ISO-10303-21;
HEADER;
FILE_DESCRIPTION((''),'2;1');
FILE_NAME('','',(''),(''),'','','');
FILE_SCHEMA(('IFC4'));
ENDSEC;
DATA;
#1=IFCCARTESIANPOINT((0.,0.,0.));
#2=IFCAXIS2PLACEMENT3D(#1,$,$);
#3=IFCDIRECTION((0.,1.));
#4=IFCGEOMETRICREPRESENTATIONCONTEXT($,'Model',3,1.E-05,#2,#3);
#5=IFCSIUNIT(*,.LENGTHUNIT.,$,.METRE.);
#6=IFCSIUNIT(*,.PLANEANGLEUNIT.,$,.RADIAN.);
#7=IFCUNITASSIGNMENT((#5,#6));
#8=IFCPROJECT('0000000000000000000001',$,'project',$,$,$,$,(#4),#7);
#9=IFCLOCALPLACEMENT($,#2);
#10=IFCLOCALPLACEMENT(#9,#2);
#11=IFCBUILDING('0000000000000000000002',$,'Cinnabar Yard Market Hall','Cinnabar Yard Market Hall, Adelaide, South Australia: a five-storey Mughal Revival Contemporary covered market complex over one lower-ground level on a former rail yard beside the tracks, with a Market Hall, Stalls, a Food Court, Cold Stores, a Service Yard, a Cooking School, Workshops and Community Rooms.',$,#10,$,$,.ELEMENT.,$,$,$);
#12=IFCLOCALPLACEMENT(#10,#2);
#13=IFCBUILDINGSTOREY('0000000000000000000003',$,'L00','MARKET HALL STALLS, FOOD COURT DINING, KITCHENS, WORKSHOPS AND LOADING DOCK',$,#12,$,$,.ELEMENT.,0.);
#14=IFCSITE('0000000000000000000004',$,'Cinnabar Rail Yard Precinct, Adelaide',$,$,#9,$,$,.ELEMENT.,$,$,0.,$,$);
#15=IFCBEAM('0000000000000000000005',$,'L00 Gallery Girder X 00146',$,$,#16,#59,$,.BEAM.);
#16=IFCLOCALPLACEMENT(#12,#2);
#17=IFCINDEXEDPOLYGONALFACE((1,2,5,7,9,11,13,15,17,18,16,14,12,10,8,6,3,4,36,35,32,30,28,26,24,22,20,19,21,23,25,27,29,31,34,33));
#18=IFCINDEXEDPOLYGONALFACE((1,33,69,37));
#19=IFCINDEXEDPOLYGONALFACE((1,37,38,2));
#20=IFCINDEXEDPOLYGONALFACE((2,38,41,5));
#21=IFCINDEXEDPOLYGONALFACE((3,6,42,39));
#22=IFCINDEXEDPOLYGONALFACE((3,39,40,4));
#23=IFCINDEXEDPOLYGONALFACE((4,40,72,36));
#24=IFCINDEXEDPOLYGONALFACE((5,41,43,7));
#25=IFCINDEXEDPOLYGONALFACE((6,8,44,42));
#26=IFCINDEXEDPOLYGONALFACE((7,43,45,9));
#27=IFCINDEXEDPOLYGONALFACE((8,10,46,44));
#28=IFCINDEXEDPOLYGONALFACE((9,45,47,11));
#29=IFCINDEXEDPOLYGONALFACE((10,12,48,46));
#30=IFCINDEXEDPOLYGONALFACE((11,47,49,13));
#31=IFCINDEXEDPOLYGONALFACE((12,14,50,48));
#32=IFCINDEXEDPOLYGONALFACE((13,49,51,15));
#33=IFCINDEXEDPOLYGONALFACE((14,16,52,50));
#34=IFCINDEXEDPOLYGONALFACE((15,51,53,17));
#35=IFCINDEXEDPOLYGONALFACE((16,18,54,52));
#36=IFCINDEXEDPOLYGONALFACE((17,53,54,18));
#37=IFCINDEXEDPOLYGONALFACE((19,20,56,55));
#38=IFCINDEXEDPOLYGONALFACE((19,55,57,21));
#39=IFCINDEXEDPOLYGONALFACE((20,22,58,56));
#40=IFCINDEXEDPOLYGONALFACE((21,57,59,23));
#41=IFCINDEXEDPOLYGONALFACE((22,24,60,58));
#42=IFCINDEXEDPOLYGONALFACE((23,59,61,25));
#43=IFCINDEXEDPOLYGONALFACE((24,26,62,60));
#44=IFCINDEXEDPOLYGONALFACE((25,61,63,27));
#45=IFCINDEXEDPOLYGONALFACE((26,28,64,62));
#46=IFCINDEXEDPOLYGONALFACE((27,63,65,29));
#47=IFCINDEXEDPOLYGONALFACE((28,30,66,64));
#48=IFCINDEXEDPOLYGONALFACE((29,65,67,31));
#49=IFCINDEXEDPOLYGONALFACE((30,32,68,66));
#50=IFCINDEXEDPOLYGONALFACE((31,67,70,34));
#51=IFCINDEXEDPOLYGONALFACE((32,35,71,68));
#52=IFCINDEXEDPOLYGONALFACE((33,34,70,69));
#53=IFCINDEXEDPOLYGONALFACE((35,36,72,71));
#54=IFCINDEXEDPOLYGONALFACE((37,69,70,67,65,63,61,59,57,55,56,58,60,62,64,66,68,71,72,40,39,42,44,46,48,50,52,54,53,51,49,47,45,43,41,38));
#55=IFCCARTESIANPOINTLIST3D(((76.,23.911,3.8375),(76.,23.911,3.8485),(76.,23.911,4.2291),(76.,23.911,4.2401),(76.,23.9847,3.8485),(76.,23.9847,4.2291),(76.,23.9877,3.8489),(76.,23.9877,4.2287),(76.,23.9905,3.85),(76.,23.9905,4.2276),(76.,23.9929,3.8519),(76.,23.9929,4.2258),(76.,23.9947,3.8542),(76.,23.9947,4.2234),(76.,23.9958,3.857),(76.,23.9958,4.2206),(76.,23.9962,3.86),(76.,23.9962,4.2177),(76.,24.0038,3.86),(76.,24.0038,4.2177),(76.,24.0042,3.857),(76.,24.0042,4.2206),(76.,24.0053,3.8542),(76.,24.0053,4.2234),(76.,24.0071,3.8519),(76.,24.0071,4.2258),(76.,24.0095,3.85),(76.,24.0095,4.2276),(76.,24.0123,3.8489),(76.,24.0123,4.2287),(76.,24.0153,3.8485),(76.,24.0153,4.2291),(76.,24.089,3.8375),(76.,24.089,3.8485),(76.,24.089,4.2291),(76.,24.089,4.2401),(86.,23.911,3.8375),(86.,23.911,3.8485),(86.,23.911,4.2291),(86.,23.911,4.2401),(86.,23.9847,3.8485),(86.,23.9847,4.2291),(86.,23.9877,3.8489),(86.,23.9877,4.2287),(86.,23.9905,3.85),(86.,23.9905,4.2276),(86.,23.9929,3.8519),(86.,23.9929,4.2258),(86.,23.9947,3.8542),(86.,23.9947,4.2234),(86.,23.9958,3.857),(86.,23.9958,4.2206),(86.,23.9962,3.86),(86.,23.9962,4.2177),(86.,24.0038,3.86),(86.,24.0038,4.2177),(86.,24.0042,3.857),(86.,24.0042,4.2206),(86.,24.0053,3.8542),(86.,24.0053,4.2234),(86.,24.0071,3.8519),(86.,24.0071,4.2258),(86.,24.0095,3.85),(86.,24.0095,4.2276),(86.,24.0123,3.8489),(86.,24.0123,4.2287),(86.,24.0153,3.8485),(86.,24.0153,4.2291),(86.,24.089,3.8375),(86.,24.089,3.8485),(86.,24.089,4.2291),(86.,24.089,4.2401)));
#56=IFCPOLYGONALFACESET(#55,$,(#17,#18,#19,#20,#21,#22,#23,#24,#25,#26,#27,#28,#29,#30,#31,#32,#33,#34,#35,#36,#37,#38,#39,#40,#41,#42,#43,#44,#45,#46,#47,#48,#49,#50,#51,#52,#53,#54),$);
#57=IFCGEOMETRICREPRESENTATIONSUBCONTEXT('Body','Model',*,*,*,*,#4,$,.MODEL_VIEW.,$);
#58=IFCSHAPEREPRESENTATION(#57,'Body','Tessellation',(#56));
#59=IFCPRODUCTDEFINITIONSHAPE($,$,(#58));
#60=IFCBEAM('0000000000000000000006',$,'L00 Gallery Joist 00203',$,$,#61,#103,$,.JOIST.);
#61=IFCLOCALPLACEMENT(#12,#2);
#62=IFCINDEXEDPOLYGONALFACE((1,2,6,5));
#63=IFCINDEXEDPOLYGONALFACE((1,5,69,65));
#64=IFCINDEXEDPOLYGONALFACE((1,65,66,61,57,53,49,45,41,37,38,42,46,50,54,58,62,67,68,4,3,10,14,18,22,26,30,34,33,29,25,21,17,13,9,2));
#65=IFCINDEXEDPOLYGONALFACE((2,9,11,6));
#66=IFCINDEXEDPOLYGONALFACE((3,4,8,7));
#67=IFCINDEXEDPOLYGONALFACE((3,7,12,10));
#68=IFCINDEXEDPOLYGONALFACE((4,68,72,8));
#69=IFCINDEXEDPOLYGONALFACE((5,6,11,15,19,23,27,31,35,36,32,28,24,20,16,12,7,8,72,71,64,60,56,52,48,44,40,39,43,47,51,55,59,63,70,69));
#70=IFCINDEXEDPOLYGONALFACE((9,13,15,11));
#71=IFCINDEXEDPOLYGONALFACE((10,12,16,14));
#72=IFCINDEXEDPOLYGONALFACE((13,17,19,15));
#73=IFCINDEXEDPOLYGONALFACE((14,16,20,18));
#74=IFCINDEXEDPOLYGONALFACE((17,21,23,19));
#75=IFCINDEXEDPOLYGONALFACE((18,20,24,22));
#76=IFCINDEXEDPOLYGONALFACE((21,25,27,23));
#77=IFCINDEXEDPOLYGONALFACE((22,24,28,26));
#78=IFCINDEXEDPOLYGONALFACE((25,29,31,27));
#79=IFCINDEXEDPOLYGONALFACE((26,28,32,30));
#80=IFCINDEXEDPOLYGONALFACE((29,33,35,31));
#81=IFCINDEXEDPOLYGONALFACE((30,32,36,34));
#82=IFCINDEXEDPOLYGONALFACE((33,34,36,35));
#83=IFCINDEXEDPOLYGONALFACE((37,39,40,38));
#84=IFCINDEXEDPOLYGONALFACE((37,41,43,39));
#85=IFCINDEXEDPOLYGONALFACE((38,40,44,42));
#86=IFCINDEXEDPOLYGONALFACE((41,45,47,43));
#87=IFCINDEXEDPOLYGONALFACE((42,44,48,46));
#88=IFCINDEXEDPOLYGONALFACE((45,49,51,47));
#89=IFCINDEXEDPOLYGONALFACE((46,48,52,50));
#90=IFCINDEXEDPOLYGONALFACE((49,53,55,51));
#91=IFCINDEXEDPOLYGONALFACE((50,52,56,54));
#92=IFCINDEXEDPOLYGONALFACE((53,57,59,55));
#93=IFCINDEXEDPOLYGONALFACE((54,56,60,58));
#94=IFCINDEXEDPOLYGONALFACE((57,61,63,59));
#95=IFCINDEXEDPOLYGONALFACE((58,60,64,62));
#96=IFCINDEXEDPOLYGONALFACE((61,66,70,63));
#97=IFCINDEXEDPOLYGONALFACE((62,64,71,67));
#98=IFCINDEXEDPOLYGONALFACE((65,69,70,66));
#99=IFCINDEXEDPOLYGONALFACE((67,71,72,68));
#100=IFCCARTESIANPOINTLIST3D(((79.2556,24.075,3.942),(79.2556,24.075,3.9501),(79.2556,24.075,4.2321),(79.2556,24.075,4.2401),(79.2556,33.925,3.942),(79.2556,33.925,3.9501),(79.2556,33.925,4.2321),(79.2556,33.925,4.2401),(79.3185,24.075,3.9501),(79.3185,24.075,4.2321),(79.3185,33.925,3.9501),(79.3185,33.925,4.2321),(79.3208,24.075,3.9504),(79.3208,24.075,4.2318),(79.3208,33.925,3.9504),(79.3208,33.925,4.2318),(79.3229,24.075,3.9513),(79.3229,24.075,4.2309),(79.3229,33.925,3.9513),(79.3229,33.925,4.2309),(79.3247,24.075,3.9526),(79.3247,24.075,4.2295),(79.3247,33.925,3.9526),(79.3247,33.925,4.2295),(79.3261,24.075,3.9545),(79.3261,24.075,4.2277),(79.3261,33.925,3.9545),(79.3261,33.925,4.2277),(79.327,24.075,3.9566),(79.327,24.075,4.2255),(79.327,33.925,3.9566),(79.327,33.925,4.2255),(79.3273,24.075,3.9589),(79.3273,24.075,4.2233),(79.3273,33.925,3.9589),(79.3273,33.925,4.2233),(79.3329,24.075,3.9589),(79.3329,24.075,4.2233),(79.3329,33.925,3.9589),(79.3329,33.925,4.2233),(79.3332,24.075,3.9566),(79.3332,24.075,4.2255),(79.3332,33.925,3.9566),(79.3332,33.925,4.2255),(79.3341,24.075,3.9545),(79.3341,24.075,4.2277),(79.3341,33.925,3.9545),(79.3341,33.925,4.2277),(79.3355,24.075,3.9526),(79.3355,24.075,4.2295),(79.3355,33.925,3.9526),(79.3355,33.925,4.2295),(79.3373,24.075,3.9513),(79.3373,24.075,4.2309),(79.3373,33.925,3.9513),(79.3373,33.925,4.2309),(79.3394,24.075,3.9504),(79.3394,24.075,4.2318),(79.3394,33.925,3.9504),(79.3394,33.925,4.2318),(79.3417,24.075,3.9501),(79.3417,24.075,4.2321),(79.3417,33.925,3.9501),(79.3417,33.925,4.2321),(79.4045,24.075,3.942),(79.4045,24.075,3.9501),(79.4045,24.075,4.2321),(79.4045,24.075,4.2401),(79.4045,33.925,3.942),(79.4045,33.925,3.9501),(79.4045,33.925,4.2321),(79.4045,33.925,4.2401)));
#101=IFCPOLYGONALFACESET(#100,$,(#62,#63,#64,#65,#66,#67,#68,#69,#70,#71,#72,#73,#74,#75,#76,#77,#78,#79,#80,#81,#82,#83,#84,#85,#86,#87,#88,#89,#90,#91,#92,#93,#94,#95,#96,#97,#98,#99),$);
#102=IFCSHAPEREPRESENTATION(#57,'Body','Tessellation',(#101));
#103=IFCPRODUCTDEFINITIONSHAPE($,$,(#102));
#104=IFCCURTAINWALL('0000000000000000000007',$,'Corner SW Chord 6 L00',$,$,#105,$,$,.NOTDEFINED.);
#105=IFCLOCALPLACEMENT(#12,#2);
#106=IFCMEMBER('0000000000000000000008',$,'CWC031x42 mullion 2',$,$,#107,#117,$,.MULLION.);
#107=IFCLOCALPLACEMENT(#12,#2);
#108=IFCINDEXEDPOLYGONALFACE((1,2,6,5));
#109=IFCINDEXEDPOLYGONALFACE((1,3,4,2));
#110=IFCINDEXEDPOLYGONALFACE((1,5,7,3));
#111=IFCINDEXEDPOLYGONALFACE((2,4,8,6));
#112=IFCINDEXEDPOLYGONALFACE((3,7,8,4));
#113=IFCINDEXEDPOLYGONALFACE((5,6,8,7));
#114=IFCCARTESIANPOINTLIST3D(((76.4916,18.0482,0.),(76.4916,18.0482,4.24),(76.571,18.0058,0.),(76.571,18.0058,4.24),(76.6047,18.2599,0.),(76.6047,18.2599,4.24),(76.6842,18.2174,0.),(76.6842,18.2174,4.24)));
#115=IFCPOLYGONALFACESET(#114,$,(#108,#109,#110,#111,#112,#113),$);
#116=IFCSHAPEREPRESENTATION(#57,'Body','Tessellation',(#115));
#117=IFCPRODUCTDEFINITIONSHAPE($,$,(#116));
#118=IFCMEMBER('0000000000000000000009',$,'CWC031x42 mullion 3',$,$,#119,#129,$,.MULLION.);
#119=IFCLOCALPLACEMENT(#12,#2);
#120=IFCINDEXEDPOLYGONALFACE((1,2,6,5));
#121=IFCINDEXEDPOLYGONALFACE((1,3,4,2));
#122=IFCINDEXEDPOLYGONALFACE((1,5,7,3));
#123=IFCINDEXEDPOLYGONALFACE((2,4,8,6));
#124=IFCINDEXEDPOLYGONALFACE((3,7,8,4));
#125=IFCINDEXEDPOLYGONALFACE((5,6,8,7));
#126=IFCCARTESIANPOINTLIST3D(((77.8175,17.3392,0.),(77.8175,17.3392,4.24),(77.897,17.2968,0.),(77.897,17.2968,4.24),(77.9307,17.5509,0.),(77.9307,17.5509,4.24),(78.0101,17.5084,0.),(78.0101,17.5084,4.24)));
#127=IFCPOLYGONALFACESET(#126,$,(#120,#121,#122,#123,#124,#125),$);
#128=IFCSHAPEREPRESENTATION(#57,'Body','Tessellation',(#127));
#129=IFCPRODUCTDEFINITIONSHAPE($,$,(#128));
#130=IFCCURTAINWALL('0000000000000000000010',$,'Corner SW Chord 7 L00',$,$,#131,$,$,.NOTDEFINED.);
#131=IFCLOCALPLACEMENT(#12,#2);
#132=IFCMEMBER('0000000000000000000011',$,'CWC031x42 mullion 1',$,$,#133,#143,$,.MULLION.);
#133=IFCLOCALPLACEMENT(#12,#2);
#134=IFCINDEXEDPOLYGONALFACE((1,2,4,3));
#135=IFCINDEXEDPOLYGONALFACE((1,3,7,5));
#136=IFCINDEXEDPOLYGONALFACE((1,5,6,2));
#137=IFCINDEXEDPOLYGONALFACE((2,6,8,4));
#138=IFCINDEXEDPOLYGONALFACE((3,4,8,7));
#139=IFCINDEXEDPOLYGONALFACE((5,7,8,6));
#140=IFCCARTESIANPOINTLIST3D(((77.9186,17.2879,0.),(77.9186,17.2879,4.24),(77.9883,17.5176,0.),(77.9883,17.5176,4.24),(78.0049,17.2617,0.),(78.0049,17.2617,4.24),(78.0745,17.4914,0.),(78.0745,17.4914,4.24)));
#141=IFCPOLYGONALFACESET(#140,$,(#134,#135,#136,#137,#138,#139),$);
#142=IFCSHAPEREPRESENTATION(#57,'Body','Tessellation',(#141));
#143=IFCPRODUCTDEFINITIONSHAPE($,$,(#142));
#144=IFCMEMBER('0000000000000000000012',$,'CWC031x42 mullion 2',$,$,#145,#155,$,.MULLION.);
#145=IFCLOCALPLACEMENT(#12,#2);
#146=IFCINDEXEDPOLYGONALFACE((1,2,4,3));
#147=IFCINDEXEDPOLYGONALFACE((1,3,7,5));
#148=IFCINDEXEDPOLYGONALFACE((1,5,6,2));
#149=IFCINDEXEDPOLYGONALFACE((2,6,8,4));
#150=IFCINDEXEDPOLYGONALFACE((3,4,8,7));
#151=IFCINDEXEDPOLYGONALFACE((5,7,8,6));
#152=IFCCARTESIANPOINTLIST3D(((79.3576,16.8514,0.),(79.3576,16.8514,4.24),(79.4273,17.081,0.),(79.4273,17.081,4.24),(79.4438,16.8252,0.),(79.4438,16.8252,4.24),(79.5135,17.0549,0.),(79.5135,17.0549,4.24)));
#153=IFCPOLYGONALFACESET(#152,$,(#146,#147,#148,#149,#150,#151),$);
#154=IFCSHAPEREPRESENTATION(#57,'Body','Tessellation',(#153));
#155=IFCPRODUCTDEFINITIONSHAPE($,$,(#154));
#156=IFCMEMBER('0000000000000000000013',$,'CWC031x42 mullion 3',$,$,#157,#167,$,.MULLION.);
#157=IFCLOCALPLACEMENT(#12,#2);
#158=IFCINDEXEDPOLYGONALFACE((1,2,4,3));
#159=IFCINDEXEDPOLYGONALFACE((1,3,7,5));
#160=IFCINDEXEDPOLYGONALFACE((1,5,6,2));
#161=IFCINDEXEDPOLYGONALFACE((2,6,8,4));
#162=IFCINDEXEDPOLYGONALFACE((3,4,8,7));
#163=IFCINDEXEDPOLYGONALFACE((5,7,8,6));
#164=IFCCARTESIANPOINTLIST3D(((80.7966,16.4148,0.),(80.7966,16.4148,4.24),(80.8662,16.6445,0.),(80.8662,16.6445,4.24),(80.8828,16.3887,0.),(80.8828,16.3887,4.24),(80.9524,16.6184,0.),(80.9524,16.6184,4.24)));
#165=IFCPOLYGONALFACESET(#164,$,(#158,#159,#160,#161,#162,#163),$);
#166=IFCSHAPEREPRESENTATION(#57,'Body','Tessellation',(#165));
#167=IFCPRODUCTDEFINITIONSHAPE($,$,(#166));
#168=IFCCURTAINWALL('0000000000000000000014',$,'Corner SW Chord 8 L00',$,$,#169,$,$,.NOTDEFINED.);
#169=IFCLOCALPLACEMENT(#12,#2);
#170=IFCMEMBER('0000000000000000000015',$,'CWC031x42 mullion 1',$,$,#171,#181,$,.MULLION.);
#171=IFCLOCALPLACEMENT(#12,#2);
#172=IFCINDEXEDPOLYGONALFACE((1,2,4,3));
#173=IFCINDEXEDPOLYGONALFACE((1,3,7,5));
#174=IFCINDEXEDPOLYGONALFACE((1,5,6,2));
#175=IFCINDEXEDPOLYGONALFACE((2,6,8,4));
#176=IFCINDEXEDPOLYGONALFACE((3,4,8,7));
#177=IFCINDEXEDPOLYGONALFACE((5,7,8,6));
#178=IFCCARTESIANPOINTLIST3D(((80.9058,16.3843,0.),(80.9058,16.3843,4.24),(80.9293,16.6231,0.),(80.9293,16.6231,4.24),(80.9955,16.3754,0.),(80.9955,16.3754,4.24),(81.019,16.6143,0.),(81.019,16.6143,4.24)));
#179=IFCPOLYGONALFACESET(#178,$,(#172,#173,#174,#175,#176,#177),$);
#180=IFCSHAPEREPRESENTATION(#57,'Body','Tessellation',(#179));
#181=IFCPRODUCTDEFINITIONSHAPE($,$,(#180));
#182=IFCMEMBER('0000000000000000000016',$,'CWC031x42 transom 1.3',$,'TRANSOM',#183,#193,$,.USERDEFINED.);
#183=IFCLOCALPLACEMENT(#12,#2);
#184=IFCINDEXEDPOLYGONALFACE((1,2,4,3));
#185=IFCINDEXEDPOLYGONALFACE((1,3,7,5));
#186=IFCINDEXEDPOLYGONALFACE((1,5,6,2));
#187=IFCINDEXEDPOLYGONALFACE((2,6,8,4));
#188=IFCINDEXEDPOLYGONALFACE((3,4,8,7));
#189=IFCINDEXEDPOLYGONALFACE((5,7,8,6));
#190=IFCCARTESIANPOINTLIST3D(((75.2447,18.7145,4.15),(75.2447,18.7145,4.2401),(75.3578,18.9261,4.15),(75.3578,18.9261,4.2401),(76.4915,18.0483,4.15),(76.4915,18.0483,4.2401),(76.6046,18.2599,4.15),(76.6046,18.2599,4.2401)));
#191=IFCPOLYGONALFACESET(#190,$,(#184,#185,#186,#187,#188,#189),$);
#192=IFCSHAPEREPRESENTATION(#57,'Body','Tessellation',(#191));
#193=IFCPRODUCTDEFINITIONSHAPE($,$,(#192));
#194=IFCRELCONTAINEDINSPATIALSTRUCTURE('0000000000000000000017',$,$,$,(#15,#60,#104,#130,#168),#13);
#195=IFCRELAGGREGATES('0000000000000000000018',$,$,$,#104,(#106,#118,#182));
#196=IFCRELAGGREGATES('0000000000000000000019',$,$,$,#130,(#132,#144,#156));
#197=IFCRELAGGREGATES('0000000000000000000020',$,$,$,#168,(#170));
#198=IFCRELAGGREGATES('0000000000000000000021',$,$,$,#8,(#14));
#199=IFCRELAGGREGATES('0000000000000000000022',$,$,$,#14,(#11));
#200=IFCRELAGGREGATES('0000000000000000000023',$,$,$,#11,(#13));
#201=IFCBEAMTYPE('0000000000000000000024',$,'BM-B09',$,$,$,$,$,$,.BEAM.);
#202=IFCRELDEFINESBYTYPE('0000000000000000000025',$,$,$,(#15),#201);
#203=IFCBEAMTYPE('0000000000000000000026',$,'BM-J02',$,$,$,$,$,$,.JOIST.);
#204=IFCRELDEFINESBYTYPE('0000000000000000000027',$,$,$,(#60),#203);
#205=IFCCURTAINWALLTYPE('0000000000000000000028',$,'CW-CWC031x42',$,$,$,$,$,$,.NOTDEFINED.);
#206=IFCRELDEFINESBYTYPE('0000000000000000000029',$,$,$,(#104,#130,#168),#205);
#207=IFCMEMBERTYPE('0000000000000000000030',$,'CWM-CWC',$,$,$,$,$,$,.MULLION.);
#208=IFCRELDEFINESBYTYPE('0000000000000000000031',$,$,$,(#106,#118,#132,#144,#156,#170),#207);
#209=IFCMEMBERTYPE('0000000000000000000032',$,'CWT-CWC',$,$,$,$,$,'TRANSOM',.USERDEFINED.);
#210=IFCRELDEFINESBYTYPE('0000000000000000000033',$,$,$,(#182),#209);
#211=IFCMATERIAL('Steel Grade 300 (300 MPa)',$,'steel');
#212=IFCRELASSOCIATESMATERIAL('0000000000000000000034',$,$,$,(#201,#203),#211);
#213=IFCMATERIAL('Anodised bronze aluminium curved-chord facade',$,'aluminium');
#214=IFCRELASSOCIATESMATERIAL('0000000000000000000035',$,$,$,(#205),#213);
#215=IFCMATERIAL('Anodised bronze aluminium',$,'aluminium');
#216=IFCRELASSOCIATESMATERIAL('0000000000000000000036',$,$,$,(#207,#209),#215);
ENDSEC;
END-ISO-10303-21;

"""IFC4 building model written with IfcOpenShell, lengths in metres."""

from ifc_helpers import new_model, si_unit, direction, frame, origin, origin_2d_with_axis, place, context, subcontext, project, spatial, rectangle, i_section, extrude, material, material_profile, profile_set, type_object, element, aggregate, save


model = new_model("IFC4")

# Units and contexts
model_context = context("Model", 3, precision=1e-05, world=origin(), true_north=direction((0.0, 1.0)))
body_context = subcontext(model_context, "Body", "Model", "MODEL_VIEW")
ifc_project = project(units=[si_unit("LENGTHUNIT", "METRE"), si_unit("PLANEANGLEUNIT", "RADIAN")], contexts=[model_context])

# Site, building, storey
site_placement = place(None, origin())
site = spatial("IfcSite", under=ifc_project, at=site_placement, Name="Cinnabar Rail Yard Precinct, Adelaide", CompositionType="ELEMENT", RefElevation=0.0)
building_placement = place(site_placement, origin())
building = spatial("IfcBuilding", under=site, at=building_placement, Name="Cinnabar Yard Market Hall", Description="Cinnabar Yard Market Hall, Adelaide, South Australia: a five-storey Mughal Revival Contemporary covered market complex over one lower-ground level on a former rail yard beside the tracks, with a Market Hall, Stalls, a Food Court, Cold Stores, a Service Yard, a Cooking School, Workshops and Community Rooms.", CompositionType="ELEMENT")
storey_placement = place(building_placement, origin())
storey = spatial("IfcBuildingStorey", under=building, at=storey_placement, Name="L00", Description="MARKET HALL STALLS, FOOD COURT DINING, KITCHENS, WORKSHOPS AND LOADING DOCK", CompositionType="ELEMENT", Elevation=0.0)

# Beams
ifc_material_1 = material(Name="Steel Grade 300 (300 MPa)", Category="steel")
ifc_material_profile_1 = material_profile(ifc_material_1, i_section(OverallWidth=0.178, OverallDepth=0.4026, WebThickness=0.0076, FlangeThickness=0.011, FilletRadius=0.0115, at=origin_2d_with_axis()), Name="410UB53.7")
ifc_profile_set_1 = profile_set([ifc_material_profile_1], Name="Steel Grade 300 (300 MPa)")
beam_type_1 = type_object("IfcBeamType", Name="BM-B09", PredefinedType="BEAM", material=ifc_profile_set_1)
beam_1_placement = place(storey_placement, frame((76.0, 24.0, 4.0388), z_axis=(1.0, 0.0, 0.0), x_axis=(0.0, 1.0, 0.0)))
element("IfcBeam", 1, at=beam_1_placement, inside=storey, type_object=beam_type_1, Name="L00 Gallery Girder X 00146", PredefinedType="BEAM", context=body_context, shape_type="SweptSolid", body=[
    extrude(i_section(OverallWidth=0.178, OverallDepth=0.4026, WebThickness=0.0076, FlangeThickness=0.011, FilletRadius=0.0115, at=origin_2d_with_axis()), origin(), (0.0, 0.0, 1.0), 10.0),
])
ifc_material_profile_2 = material_profile(ifc_material_1, i_section(OverallWidth=0.1489, OverallDepth=0.2981, WebThickness=0.0056, FlangeThickness=0.0081, FilletRadius=0.0088, at=origin_2d_with_axis()), Name="310UB32.0")
ifc_profile_set_2 = profile_set([ifc_material_profile_2], Name="Steel Grade 300 (300 MPa)")
beam_type_2 = type_object("IfcBeamType", Name="BM-J02", PredefinedType="JOIST", material=ifc_profile_set_2)
beam_2_placement = place(storey_placement, frame((79.3301, 24.075, 4.0911), z_axis=(0.0, 1.0, 0.0), x_axis=(-1.0, 0.0, 0.0)))
element("IfcBeam", 2, at=beam_2_placement, inside=storey, type_object=beam_type_2, Name="L00 Gallery Joist 00203", PredefinedType="JOIST", context=body_context, shape_type="SweptSolid", body=[
    extrude(i_section(OverallWidth=0.1489, OverallDepth=0.2981, WebThickness=0.0056, FlangeThickness=0.0081, FilletRadius=0.0088, at=origin_2d_with_axis()), origin(), (0.0, 0.0, 1.0), 9.8501),
])

# Curtain walls, members
ifc_material_2 = material(Name="Anodised bronze aluminium curved-chord facade", Category="aluminium")
curtain_wall_type = type_object("IfcCurtainWallType", Name="CW-CWC031x42", PredefinedType="NOTDEFINED", material=ifc_material_2)
curtain_wall_1_placement = place(storey_placement, origin())
curtain_wall_1 = element("IfcCurtainWall", 3, at=curtain_wall_1_placement, inside=storey, type_object=curtain_wall_type, Name="Corner SW Chord 6 L00", PredefinedType="NOTDEFINED")
ifc_material_3 = material(Name="Anodised bronze aluminium", Category="aluminium")
ifc_material_profile_3 = material_profile(ifc_material_3, rectangle(XDim=0.24, YDim=0.0901, at=origin_2d_with_axis()), Name="MUL-CWC")
ifc_profile_set_3 = profile_set([ifc_material_profile_3], Name="Anodised bronze aluminium")
member_type_1 = type_object("IfcMemberType", Name="CWM-CWC", PredefinedType="MULLION", material=ifc_profile_set_3)
member_1_placement = place(storey_placement, frame((76.5879, 18.1328, 0.0), z_axis=(0.0, 0.0, 1.0), x_axis=(0.471404, 0.881917, 0.0)))
member_1 = element("IfcMember", 4, at=member_1_placement, type_object=member_type_1, Name="CWC031x42 mullion 2", PredefinedType="MULLION", context=body_context, shape_type="SweptSolid", body=[
    extrude(rectangle(XDim=0.24, YDim=0.0901, at=origin_2d_with_axis()), origin(), (0.0, 0.0, 1.0), 4.24),
])
member_2_placement = place(storey_placement, frame((77.9138, 17.4238, 0.0), z_axis=(0.0, 0.0, 1.0), x_axis=(0.471404, 0.881917, 0.0)))
member_2 = element("IfcMember", 5, at=member_2_placement, type_object=member_type_1, Name="CWC031x42 mullion 3", PredefinedType="MULLION", context=body_context, shape_type="SweptSolid", body=[
    extrude(rectangle(XDim=0.24, YDim=0.0901, at=origin_2d_with_axis()), origin(), (0.0, 0.0, 1.0), 4.24),
])
curtain_wall_2_placement = place(storey_placement, origin())
curtain_wall_2 = element("IfcCurtainWall", 6, at=curtain_wall_2_placement, inside=storey, type_object=curtain_wall_type, Name="Corner SW Chord 7 L00", PredefinedType="NOTDEFINED")
member_3_placement = place(storey_placement, frame((77.9966, 17.3896, 0.0), z_axis=(0.0, 0.0, 1.0), x_axis=(0.290279, 0.956942, 0.0)))
member_3 = element("IfcMember", 7, at=member_3_placement, type_object=member_type_1, Name="CWC031x42 mullion 1", PredefinedType="MULLION", context=body_context, shape_type="SweptSolid", body=[
    extrude(rectangle(XDim=0.24, YDim=0.0901, at=origin_2d_with_axis()), origin(), (0.0, 0.0, 1.0), 4.24),
])
member_4_placement = place(storey_placement, frame((79.4355, 16.9531, 0.0), z_axis=(0.0, 0.0, 1.0), x_axis=(0.290279, 0.956942, 0.0)))
member_4 = element("IfcMember", 8, at=member_4_placement, type_object=member_type_1, Name="CWC031x42 mullion 2", PredefinedType="MULLION", context=body_context, shape_type="SweptSolid", body=[
    extrude(rectangle(XDim=0.24, YDim=0.0901, at=origin_2d_with_axis()), origin(), (0.0, 0.0, 1.0), 4.24),
])
member_5_placement = place(storey_placement, frame((80.8745, 16.5166, 0.0), z_axis=(0.0, 0.0, 1.0), x_axis=(0.290279, 0.956942, 0.0)))
member_5 = element("IfcMember", 9, at=member_5_placement, type_object=member_type_1, Name="CWC031x42 mullion 3", PredefinedType="MULLION", context=body_context, shape_type="SweptSolid", body=[
    extrude(rectangle(XDim=0.24, YDim=0.0901, at=origin_2d_with_axis()), origin(), (0.0, 0.0, 1.0), 4.24),
])

# Curtain wall, member
curtain_wall_3_placement = place(storey_placement, origin())
curtain_wall_3 = element("IfcCurtainWall", 10, at=curtain_wall_3_placement, inside=storey, type_object=curtain_wall_type, Name="Corner SW Chord 8 L00", PredefinedType="NOTDEFINED")
member_6_placement = place(storey_placement, frame((80.9624, 16.4993, 0.0), z_axis=(0.0, 0.0, 1.0), x_axis=(0.09802, 0.995184, 0.0)))
member_6 = element("IfcMember", 11, at=member_6_placement, type_object=member_type_1, Name="CWC031x42 mullion 1", PredefinedType="MULLION", context=body_context, shape_type="SweptSolid", body=[
    extrude(rectangle(XDim=0.24, YDim=0.0901, at=origin_2d_with_axis()), origin(), (0.0, 0.0, 1.0), 4.24),
])

# Member
ifc_material_profile_4 = material_profile(ifc_material_3, rectangle(XDim=0.24, YDim=0.0901, at=origin_2d_with_axis()), Name="TRN-CWC")
ifc_profile_set_4 = profile_set([ifc_material_profile_4], Name="Anodised bronze aluminium")
member_type_2 = type_object("IfcMemberType", Name="CWT-CWC", ElementType="TRANSOM", PredefinedType="USERDEFINED", material=ifc_profile_set_4)
member_7_placement = place(storey_placement, frame((75.3013, 18.8203, 4.1951), z_axis=(0.881975, -0.471296, 0.0), x_axis=(0.471296, 0.881975, 0.0)))
member_7 = element("IfcMember", 12, at=member_7_placement, type_object=member_type_2, Name="CWC031x42 transom 1.3", ObjectType="TRANSOM", PredefinedType="USERDEFINED", context=body_context, shape_type="SweptSolid", body=[
    extrude(rectangle(XDim=0.24, YDim=0.0901, at=origin_2d_with_axis()), origin(), (0.0, 0.0, 1.0), 1.4136),
])

aggregate(curtain_wall_1, [member_1, member_2, member_7])
aggregate(curtain_wall_2, [member_3, member_4, member_5])
aggregate(curtain_wall_3, [member_6])

save(model, "model.ifc")
